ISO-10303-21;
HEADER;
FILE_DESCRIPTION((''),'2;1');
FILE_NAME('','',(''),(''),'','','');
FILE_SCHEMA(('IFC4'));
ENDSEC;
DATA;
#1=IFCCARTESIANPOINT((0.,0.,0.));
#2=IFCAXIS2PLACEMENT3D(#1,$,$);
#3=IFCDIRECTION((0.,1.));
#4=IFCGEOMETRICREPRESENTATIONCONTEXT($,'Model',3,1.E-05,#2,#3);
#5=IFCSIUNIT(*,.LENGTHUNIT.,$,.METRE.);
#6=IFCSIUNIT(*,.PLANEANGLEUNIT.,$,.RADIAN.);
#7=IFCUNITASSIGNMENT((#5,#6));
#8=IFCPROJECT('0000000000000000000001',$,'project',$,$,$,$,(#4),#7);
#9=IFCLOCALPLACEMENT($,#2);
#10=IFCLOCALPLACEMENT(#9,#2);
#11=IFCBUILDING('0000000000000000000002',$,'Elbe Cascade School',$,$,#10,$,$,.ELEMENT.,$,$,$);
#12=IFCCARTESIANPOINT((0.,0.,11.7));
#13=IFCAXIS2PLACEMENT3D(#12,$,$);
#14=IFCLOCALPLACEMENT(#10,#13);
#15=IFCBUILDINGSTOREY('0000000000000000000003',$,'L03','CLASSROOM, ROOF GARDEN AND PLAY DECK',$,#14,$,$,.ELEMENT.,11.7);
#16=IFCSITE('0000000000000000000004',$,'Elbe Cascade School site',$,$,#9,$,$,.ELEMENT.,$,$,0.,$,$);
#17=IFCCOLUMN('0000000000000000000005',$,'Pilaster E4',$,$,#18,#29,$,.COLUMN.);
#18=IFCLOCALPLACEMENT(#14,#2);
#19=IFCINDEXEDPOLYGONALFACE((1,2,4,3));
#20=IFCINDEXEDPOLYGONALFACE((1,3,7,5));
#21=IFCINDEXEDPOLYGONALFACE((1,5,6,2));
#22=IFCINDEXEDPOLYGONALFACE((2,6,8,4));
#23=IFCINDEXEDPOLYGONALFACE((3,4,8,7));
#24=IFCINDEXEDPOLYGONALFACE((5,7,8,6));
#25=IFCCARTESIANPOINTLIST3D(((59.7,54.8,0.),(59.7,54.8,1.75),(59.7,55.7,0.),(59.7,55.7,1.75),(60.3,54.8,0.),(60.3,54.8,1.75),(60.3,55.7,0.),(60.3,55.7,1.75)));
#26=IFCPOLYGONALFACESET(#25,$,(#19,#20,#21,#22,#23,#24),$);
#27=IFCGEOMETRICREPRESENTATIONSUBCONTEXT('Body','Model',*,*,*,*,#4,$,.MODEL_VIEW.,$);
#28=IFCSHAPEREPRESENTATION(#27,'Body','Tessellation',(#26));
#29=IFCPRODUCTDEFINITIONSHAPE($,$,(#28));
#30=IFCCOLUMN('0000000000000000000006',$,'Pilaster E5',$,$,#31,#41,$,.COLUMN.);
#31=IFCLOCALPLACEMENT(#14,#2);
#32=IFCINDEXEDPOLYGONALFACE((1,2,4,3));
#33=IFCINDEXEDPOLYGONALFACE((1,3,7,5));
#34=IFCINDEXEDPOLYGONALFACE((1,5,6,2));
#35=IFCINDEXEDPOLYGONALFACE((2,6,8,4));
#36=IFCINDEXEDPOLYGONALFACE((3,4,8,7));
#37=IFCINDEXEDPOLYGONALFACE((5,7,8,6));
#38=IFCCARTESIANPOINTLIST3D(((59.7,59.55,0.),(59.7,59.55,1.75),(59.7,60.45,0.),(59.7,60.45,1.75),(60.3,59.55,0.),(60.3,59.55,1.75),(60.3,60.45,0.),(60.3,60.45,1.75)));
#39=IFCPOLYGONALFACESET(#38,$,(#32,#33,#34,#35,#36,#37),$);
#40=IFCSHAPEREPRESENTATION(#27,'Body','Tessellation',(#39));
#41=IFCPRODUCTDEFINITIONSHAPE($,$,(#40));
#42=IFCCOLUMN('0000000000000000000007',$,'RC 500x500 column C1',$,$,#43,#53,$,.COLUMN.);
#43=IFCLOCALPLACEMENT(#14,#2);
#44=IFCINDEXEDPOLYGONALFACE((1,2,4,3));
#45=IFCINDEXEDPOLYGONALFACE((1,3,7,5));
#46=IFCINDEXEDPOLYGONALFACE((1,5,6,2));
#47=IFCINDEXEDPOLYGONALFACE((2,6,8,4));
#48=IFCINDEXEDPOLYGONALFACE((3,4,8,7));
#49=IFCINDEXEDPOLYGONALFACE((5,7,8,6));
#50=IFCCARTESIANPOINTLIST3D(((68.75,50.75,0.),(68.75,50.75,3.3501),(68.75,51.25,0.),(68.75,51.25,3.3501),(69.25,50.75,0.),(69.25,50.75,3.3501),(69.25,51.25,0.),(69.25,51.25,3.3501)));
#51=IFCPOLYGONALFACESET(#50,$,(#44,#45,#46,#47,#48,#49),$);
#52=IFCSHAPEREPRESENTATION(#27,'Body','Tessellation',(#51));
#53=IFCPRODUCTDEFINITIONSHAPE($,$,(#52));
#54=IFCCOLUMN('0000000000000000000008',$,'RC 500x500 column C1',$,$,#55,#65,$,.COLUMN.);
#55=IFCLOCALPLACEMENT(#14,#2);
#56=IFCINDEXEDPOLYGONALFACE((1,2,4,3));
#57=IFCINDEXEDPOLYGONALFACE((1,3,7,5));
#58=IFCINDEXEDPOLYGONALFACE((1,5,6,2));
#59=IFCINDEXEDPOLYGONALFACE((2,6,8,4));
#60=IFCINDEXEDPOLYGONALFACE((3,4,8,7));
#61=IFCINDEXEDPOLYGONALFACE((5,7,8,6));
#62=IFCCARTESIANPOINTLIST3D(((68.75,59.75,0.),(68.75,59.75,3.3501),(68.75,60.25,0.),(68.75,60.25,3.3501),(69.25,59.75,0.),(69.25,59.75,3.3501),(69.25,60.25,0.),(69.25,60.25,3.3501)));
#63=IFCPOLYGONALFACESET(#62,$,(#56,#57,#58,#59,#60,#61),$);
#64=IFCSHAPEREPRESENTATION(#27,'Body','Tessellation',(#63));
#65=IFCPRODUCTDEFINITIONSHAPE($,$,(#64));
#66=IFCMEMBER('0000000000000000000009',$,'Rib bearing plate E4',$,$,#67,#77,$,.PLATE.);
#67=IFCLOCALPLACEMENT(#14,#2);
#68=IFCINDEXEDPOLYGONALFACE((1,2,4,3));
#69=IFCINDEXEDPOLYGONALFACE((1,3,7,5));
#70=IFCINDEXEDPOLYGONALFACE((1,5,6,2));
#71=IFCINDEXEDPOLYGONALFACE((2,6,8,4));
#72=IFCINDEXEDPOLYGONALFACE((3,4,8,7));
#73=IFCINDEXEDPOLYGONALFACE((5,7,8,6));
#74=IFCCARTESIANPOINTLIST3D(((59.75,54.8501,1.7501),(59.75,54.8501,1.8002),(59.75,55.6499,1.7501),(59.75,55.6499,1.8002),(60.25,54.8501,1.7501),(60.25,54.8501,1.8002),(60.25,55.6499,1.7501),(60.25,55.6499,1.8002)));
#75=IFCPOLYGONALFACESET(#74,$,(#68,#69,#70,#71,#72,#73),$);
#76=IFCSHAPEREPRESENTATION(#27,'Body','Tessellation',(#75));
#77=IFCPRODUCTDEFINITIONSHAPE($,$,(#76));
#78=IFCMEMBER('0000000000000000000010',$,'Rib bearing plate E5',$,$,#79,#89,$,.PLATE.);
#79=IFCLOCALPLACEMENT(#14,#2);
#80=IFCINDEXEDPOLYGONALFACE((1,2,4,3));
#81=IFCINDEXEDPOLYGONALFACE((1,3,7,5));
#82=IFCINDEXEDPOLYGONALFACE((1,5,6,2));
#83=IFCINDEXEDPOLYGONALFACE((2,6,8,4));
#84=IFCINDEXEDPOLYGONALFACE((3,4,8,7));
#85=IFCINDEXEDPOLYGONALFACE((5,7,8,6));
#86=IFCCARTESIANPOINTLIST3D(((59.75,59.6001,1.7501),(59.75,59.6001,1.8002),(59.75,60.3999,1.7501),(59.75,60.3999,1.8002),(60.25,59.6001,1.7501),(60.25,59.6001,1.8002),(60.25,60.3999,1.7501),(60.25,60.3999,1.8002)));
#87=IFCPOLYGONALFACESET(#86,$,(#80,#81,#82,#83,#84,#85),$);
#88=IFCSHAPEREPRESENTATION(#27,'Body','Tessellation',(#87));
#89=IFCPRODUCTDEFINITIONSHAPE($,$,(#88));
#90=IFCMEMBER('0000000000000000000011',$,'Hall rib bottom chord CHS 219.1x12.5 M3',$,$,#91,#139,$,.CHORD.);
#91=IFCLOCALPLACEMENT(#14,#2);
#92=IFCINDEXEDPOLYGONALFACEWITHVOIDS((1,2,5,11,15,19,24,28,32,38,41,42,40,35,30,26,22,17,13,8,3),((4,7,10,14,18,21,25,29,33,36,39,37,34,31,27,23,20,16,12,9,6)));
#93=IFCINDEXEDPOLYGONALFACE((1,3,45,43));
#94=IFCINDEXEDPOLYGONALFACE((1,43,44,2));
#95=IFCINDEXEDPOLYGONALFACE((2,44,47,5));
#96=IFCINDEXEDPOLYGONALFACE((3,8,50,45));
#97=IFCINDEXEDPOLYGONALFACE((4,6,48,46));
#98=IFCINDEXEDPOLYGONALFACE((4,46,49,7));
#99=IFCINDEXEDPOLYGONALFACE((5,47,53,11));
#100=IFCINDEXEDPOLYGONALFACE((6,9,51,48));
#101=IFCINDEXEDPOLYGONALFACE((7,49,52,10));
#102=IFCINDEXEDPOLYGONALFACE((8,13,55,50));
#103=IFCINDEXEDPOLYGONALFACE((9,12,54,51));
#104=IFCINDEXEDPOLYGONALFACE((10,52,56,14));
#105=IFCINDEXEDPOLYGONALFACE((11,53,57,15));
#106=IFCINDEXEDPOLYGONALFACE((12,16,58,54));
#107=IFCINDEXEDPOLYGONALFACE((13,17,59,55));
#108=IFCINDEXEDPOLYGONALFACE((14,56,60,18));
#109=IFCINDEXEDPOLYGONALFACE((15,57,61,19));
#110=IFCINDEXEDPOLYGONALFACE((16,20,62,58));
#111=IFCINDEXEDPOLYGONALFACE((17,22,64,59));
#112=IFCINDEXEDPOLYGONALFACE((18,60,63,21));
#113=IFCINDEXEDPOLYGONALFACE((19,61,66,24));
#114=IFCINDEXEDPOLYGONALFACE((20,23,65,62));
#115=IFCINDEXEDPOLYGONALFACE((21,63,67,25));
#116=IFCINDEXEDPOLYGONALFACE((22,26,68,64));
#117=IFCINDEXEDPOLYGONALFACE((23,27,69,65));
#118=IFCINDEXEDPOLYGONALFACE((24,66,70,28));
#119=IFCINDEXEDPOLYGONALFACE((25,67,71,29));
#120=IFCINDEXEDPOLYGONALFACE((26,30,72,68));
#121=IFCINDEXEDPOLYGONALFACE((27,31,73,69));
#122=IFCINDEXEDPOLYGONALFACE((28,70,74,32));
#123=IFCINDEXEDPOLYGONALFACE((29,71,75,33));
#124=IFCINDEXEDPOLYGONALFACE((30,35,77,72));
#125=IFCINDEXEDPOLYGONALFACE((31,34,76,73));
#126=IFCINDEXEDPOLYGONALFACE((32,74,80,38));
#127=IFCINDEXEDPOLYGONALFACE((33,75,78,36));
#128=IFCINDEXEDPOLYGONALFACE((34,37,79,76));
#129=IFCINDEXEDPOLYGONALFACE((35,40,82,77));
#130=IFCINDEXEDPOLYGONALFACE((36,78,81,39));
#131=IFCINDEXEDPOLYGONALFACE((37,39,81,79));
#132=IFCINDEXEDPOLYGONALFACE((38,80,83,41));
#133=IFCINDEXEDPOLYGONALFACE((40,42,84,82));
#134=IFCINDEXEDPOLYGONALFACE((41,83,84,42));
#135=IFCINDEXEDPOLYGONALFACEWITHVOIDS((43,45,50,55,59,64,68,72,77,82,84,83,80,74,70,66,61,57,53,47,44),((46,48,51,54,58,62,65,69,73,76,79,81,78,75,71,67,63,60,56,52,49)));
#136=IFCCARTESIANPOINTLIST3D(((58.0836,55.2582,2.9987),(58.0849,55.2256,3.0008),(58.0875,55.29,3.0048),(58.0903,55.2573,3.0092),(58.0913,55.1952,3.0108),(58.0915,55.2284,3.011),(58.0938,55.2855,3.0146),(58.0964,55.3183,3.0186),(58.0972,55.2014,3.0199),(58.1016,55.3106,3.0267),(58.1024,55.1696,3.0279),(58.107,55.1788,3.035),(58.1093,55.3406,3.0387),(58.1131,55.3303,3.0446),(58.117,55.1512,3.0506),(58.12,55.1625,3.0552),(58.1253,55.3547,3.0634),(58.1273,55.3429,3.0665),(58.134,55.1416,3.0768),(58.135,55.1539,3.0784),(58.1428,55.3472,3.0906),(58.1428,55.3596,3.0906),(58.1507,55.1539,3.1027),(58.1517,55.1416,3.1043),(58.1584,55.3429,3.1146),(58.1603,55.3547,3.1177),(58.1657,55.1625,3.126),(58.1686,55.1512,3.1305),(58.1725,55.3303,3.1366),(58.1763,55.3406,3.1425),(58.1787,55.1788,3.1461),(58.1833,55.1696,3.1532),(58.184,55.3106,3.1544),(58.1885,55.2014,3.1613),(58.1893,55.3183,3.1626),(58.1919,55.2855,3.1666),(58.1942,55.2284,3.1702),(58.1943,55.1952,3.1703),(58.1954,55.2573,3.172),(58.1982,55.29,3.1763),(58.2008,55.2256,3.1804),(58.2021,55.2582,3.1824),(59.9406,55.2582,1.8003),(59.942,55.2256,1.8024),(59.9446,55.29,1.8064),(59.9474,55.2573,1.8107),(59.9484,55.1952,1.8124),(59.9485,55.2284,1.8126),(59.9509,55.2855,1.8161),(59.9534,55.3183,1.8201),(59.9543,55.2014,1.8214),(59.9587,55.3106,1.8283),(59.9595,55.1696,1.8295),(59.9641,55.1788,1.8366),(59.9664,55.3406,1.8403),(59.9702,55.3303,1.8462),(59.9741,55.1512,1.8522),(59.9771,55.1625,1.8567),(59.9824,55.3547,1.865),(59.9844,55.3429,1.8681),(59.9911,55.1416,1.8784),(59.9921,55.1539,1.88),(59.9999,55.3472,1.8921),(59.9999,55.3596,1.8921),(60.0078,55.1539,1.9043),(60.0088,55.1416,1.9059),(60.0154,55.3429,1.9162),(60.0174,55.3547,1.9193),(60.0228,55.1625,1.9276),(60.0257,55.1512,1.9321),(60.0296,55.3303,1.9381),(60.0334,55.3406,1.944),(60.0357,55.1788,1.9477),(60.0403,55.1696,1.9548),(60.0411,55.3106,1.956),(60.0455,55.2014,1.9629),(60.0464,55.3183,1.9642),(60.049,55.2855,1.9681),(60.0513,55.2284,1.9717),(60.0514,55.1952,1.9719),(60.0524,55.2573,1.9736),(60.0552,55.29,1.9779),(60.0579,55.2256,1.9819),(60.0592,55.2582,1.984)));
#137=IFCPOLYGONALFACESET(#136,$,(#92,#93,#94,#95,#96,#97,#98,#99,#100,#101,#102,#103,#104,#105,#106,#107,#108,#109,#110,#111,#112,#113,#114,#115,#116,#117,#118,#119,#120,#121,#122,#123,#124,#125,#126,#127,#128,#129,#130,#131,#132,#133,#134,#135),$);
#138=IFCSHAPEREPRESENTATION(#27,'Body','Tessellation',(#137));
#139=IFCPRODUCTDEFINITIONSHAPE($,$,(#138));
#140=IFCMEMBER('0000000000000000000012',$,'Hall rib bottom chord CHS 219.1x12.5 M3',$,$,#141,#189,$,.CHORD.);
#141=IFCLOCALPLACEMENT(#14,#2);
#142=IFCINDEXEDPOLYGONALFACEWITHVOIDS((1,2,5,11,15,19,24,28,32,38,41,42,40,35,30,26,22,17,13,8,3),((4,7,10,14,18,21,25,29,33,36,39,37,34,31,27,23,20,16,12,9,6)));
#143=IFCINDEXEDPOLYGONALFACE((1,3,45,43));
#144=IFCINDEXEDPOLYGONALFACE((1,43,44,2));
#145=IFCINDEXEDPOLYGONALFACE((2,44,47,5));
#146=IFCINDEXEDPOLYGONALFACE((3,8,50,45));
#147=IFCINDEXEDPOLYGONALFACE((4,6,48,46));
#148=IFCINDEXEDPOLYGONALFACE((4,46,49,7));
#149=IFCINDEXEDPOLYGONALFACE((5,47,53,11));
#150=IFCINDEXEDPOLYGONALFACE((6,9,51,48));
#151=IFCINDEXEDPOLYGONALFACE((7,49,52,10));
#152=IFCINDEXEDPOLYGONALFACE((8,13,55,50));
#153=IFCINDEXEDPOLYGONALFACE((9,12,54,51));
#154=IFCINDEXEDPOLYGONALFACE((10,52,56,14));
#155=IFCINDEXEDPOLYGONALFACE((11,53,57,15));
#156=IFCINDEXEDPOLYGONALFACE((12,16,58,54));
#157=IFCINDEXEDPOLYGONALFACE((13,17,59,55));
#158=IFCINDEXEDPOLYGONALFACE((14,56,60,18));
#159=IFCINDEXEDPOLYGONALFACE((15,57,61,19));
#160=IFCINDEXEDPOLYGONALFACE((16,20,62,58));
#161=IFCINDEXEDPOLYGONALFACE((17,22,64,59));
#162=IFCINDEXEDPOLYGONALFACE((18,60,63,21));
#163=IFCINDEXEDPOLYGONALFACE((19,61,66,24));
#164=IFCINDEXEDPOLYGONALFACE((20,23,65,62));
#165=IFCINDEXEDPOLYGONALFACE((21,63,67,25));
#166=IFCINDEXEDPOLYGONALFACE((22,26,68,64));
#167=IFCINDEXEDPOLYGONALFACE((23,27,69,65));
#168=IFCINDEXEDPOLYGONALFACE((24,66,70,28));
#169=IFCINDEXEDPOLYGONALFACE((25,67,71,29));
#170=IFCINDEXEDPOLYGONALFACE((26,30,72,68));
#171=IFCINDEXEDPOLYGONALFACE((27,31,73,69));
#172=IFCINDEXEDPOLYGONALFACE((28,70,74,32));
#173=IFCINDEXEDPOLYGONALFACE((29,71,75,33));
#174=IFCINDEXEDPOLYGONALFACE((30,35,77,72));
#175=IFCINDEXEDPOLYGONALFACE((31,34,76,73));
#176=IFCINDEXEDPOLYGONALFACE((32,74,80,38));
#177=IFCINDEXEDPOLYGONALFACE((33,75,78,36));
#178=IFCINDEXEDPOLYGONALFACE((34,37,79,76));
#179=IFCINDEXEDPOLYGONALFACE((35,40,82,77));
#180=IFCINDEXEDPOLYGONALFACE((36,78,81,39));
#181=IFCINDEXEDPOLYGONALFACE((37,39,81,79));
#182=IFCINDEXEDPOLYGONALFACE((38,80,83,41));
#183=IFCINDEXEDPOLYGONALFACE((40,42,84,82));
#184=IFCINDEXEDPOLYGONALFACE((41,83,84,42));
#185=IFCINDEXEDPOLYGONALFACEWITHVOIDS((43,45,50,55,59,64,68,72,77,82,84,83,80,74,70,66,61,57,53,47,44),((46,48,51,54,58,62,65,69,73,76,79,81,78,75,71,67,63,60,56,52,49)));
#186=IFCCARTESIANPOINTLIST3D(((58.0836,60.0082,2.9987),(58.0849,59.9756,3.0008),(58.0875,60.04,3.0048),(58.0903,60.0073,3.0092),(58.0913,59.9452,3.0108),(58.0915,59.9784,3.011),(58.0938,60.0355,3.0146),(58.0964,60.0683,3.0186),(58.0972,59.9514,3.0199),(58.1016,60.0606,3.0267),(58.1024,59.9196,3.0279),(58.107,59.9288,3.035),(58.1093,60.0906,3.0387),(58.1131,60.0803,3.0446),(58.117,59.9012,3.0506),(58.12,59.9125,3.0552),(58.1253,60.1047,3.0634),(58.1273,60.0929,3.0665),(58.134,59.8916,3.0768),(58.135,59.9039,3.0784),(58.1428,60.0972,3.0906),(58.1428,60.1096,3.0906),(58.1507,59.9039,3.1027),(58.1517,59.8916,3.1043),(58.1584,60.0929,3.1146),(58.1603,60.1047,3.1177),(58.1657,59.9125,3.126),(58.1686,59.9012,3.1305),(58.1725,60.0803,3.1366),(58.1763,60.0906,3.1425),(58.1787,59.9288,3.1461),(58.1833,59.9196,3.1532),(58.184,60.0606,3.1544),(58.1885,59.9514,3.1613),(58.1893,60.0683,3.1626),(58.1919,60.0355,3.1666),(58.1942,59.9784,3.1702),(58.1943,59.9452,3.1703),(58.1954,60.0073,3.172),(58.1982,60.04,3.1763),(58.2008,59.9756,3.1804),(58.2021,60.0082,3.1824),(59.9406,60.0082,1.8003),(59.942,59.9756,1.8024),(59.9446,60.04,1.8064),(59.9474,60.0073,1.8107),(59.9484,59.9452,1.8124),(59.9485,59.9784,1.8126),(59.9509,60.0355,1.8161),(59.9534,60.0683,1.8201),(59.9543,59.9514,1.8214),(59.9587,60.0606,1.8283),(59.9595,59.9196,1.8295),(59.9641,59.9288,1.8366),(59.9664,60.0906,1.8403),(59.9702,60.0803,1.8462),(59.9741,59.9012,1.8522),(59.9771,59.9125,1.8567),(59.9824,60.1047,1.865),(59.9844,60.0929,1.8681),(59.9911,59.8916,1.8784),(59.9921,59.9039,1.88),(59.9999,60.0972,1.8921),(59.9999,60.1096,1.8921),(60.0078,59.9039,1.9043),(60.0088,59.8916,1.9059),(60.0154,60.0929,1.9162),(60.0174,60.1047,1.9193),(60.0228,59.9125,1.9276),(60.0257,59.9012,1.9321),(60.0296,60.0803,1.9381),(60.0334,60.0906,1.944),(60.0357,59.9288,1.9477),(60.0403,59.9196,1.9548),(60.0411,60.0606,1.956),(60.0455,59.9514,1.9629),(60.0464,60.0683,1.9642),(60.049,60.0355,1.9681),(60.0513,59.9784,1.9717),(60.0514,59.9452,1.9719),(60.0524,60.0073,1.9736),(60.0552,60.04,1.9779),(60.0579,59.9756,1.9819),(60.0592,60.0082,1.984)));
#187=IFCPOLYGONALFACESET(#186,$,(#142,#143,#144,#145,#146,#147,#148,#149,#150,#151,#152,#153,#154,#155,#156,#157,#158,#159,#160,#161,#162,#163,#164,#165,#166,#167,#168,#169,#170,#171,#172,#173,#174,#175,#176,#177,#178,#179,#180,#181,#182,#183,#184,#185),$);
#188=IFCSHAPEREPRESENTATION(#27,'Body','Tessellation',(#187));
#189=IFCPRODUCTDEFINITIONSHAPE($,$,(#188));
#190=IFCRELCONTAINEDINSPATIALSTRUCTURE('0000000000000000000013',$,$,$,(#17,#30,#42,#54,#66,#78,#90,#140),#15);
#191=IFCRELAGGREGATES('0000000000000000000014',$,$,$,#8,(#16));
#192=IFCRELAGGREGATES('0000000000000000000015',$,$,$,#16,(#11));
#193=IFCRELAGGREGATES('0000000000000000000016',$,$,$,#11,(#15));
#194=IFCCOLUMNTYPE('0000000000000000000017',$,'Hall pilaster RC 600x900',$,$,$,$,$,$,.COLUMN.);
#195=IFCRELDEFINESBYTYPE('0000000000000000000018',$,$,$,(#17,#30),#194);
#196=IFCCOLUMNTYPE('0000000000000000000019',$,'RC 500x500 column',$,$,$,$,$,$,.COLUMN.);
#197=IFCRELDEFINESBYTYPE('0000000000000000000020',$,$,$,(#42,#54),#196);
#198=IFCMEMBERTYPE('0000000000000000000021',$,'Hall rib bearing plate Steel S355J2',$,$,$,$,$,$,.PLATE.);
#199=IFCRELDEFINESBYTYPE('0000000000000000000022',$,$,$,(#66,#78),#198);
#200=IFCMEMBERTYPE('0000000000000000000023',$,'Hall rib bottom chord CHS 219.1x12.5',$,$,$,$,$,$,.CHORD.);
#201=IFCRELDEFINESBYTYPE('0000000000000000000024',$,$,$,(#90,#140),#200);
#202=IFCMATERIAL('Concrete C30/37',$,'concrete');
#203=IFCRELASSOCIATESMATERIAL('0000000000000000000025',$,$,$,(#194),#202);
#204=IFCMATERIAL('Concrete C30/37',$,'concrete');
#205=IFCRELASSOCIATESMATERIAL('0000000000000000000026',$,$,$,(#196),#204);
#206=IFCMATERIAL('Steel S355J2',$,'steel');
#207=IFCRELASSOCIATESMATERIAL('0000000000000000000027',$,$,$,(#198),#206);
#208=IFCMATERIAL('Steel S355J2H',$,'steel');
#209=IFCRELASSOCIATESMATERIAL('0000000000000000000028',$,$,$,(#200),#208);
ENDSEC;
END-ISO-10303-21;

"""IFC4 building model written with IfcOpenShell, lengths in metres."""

from ifc_helpers import new_model, si_unit, direction, frame, origin, origin_2d, place, context, subcontext, project, spatial, rectangle, hollow_circle, extrude, material, material_profile, profile_set, type_object, element, save


model = new_model("IFC4")

# Units and contexts
model_context = context("Model", 3, precision=1e-05, world=origin(), true_north=direction((0.0, 1.0)))
body_context = subcontext(model_context, "Body", "Model", "MODEL_VIEW")
ifc_project = project(units=[si_unit("LENGTHUNIT", "METRE"), si_unit("PLANEANGLEUNIT", "RADIAN")], contexts=[model_context])

# Site, building, storey
site_placement = place(None, origin())
site = spatial("IfcSite", under=ifc_project, at=site_placement, Name="Elbe Cascade School site", CompositionType="ELEMENT", RefElevation=0.0)
building_placement = place(site_placement, origin())
building = spatial("IfcBuilding", under=site, at=building_placement, Name="Elbe Cascade School", CompositionType="ELEMENT")
storey_placement = place(building_placement, frame((0.0, 0.0, 11.7)))
storey = spatial("IfcBuildingStorey", under=building, at=storey_placement, Name="L03", Description="CLASSROOM, ROOF GARDEN AND PLAY DECK", CompositionType="ELEMENT", Elevation=11.7)

# Columns
ifc_material_1 = material(Name="Concrete C30/37", Category="concrete")
ifc_material_profile_1 = material_profile(ifc_material_1, rectangle(XDim=0.6001, YDim=0.8999, at=origin_2d()), Name="RC 600x900")
ifc_profile_set_1 = profile_set([ifc_material_profile_1], Name="Concrete C30/37")
column_type_1 = type_object("IfcColumnType", Name="Hall pilaster RC 600x900", PredefinedType="COLUMN", material=ifc_profile_set_1)
for number, where, z_axis, x_axis, name in (
    (1, (60.0, 55.25, 0.0), (0.0, 0.0, 1.0), (1.0, 0.0, 0.0), "Pilaster E4"),
    (2, (60.0, 60.0, 0.0), (0.0, 0.0, 1.0), (1.0, 0.0, 0.0), "Pilaster E5"),
):
    element("IfcColumn", number, at=place(storey_placement, frame(where, z_axis=z_axis, x_axis=x_axis)), inside=storey, type_object=column_type_1, Name=name, PredefinedType="COLUMN", context=body_context, shape_type="SweptSolid", body=[
        extrude(rectangle(XDim=0.6001, YDim=0.8999, at=origin_2d()), origin(), (0.0, 0.0, 1.0), 1.75),
    ])
ifc_material_2 = material(Name="Concrete C30/37", Category="concrete")
ifc_material_profile_2 = material_profile(ifc_material_2, rectangle(XDim=0.5, YDim=0.5, at=origin_2d()), Name="RC 500x500")
ifc_profile_set_2 = profile_set([ifc_material_profile_2], Name="Concrete C30/37")
column_type_2 = type_object("IfcColumnType", Name="RC 500x500 column", PredefinedType="COLUMN", material=ifc_profile_set_2)
for number, where, z_axis, x_axis, name in (
    (3, (69.0, 51.0, 0.0), (0.0, 0.0, 1.0), (1.0, 0.0, 0.0), "RC 500x500 column C1"),
    (4, (69.0, 60.0, 0.0), (0.0, 0.0, 1.0), (1.0, 0.0, 0.0), "RC 500x500 column C1"),
):
    element("IfcColumn", number, at=place(storey_placement, frame(where, z_axis=z_axis, x_axis=x_axis)), inside=storey, type_object=column_type_2, Name=name, PredefinedType="COLUMN", context=body_context, shape_type="SweptSolid", body=[
        extrude(rectangle(XDim=0.5, YDim=0.5, at=origin_2d()), origin(), (0.0, 0.0, 1.0), 3.3501),
    ])

# Members
ifc_material_3 = material(Name="Steel S355J2", Category="steel")
ifc_material_profile_3 = material_profile(ifc_material_3, rectangle(XDim=0.5, YDim=0.05, at=origin_2d()), Name="PL 500x50")
ifc_profile_set_3 = profile_set([ifc_material_profile_3], Name="Steel S355J2")
member_type_1 = type_object("IfcMemberType", Name="Hall rib bearing plate Steel S355J2", PredefinedType="PLATE", material=ifc_profile_set_3)
for number, where, z_axis, x_axis, name in (
    (5, (60.0, 54.8501, 1.7751), (0.0, 1.0, 0.0), (-1.0, 0.0, 0.0), "Rib bearing plate E4"),
    (6, (60.0, 59.6001, 1.7751), (0.0, 1.0, 0.0), (-1.0, 0.0, 0.0), "Rib bearing plate E5"),
):
    element("IfcMember", number, at=place(storey_placement, frame(where, z_axis=z_axis, x_axis=x_axis)), inside=storey, type_object=member_type_1, Name=name, PredefinedType="PLATE", context=body_context, shape_type="SweptSolid", body=[
        extrude(rectangle(XDim=0.5, YDim=0.05, at=origin_2d()), origin(), (0.0, 0.0, 1.0), 0.7998),
    ])
ifc_material_4 = material(Name="Steel S355J2H", Category="steel")
ifc_material_profile_4 = material_profile(ifc_material_4, hollow_circle(Radius=0.1096, WallThickness=0.0125, at=origin_2d()), Name="CHS 219.1x12.5")
ifc_profile_set_4 = profile_set([ifc_material_profile_4], Name="Steel S355J2H")
member_type_2 = type_object("IfcMemberType", Name="Hall rib bottom chord CHS 219.1x12.5", PredefinedType="CHORD", material=ifc_profile_set_4)
for number, where, z_axis, x_axis, name in (
    (7, (58.1428, 55.25, 3.0906), (0.840233, 0.0, -0.542225), (0.0, 1.0, 0.0), "Hall rib bottom chord CHS 219.1x12.5 M3"),
    (8, (58.1428, 60.0, 3.0906), (0.840233, 0.0, -0.542225), (0.0, 1.0, 0.0), "Hall rib bottom chord CHS 219.1x12.5 M3"),
):
    element("IfcMember", number, at=place(storey_placement, frame(where, z_axis=z_axis, x_axis=x_axis)), inside=storey, type_object=member_type_2, Name=name, PredefinedType="CHORD", context=body_context, shape_type="SweptSolid", body=[
        extrude(hollow_circle(Radius=0.1096, WallThickness=0.0125, at=origin_2d()), origin(), (0.0, 0.0, 1.0), 2.2102),
    ])

save(model, "model.ifc")
